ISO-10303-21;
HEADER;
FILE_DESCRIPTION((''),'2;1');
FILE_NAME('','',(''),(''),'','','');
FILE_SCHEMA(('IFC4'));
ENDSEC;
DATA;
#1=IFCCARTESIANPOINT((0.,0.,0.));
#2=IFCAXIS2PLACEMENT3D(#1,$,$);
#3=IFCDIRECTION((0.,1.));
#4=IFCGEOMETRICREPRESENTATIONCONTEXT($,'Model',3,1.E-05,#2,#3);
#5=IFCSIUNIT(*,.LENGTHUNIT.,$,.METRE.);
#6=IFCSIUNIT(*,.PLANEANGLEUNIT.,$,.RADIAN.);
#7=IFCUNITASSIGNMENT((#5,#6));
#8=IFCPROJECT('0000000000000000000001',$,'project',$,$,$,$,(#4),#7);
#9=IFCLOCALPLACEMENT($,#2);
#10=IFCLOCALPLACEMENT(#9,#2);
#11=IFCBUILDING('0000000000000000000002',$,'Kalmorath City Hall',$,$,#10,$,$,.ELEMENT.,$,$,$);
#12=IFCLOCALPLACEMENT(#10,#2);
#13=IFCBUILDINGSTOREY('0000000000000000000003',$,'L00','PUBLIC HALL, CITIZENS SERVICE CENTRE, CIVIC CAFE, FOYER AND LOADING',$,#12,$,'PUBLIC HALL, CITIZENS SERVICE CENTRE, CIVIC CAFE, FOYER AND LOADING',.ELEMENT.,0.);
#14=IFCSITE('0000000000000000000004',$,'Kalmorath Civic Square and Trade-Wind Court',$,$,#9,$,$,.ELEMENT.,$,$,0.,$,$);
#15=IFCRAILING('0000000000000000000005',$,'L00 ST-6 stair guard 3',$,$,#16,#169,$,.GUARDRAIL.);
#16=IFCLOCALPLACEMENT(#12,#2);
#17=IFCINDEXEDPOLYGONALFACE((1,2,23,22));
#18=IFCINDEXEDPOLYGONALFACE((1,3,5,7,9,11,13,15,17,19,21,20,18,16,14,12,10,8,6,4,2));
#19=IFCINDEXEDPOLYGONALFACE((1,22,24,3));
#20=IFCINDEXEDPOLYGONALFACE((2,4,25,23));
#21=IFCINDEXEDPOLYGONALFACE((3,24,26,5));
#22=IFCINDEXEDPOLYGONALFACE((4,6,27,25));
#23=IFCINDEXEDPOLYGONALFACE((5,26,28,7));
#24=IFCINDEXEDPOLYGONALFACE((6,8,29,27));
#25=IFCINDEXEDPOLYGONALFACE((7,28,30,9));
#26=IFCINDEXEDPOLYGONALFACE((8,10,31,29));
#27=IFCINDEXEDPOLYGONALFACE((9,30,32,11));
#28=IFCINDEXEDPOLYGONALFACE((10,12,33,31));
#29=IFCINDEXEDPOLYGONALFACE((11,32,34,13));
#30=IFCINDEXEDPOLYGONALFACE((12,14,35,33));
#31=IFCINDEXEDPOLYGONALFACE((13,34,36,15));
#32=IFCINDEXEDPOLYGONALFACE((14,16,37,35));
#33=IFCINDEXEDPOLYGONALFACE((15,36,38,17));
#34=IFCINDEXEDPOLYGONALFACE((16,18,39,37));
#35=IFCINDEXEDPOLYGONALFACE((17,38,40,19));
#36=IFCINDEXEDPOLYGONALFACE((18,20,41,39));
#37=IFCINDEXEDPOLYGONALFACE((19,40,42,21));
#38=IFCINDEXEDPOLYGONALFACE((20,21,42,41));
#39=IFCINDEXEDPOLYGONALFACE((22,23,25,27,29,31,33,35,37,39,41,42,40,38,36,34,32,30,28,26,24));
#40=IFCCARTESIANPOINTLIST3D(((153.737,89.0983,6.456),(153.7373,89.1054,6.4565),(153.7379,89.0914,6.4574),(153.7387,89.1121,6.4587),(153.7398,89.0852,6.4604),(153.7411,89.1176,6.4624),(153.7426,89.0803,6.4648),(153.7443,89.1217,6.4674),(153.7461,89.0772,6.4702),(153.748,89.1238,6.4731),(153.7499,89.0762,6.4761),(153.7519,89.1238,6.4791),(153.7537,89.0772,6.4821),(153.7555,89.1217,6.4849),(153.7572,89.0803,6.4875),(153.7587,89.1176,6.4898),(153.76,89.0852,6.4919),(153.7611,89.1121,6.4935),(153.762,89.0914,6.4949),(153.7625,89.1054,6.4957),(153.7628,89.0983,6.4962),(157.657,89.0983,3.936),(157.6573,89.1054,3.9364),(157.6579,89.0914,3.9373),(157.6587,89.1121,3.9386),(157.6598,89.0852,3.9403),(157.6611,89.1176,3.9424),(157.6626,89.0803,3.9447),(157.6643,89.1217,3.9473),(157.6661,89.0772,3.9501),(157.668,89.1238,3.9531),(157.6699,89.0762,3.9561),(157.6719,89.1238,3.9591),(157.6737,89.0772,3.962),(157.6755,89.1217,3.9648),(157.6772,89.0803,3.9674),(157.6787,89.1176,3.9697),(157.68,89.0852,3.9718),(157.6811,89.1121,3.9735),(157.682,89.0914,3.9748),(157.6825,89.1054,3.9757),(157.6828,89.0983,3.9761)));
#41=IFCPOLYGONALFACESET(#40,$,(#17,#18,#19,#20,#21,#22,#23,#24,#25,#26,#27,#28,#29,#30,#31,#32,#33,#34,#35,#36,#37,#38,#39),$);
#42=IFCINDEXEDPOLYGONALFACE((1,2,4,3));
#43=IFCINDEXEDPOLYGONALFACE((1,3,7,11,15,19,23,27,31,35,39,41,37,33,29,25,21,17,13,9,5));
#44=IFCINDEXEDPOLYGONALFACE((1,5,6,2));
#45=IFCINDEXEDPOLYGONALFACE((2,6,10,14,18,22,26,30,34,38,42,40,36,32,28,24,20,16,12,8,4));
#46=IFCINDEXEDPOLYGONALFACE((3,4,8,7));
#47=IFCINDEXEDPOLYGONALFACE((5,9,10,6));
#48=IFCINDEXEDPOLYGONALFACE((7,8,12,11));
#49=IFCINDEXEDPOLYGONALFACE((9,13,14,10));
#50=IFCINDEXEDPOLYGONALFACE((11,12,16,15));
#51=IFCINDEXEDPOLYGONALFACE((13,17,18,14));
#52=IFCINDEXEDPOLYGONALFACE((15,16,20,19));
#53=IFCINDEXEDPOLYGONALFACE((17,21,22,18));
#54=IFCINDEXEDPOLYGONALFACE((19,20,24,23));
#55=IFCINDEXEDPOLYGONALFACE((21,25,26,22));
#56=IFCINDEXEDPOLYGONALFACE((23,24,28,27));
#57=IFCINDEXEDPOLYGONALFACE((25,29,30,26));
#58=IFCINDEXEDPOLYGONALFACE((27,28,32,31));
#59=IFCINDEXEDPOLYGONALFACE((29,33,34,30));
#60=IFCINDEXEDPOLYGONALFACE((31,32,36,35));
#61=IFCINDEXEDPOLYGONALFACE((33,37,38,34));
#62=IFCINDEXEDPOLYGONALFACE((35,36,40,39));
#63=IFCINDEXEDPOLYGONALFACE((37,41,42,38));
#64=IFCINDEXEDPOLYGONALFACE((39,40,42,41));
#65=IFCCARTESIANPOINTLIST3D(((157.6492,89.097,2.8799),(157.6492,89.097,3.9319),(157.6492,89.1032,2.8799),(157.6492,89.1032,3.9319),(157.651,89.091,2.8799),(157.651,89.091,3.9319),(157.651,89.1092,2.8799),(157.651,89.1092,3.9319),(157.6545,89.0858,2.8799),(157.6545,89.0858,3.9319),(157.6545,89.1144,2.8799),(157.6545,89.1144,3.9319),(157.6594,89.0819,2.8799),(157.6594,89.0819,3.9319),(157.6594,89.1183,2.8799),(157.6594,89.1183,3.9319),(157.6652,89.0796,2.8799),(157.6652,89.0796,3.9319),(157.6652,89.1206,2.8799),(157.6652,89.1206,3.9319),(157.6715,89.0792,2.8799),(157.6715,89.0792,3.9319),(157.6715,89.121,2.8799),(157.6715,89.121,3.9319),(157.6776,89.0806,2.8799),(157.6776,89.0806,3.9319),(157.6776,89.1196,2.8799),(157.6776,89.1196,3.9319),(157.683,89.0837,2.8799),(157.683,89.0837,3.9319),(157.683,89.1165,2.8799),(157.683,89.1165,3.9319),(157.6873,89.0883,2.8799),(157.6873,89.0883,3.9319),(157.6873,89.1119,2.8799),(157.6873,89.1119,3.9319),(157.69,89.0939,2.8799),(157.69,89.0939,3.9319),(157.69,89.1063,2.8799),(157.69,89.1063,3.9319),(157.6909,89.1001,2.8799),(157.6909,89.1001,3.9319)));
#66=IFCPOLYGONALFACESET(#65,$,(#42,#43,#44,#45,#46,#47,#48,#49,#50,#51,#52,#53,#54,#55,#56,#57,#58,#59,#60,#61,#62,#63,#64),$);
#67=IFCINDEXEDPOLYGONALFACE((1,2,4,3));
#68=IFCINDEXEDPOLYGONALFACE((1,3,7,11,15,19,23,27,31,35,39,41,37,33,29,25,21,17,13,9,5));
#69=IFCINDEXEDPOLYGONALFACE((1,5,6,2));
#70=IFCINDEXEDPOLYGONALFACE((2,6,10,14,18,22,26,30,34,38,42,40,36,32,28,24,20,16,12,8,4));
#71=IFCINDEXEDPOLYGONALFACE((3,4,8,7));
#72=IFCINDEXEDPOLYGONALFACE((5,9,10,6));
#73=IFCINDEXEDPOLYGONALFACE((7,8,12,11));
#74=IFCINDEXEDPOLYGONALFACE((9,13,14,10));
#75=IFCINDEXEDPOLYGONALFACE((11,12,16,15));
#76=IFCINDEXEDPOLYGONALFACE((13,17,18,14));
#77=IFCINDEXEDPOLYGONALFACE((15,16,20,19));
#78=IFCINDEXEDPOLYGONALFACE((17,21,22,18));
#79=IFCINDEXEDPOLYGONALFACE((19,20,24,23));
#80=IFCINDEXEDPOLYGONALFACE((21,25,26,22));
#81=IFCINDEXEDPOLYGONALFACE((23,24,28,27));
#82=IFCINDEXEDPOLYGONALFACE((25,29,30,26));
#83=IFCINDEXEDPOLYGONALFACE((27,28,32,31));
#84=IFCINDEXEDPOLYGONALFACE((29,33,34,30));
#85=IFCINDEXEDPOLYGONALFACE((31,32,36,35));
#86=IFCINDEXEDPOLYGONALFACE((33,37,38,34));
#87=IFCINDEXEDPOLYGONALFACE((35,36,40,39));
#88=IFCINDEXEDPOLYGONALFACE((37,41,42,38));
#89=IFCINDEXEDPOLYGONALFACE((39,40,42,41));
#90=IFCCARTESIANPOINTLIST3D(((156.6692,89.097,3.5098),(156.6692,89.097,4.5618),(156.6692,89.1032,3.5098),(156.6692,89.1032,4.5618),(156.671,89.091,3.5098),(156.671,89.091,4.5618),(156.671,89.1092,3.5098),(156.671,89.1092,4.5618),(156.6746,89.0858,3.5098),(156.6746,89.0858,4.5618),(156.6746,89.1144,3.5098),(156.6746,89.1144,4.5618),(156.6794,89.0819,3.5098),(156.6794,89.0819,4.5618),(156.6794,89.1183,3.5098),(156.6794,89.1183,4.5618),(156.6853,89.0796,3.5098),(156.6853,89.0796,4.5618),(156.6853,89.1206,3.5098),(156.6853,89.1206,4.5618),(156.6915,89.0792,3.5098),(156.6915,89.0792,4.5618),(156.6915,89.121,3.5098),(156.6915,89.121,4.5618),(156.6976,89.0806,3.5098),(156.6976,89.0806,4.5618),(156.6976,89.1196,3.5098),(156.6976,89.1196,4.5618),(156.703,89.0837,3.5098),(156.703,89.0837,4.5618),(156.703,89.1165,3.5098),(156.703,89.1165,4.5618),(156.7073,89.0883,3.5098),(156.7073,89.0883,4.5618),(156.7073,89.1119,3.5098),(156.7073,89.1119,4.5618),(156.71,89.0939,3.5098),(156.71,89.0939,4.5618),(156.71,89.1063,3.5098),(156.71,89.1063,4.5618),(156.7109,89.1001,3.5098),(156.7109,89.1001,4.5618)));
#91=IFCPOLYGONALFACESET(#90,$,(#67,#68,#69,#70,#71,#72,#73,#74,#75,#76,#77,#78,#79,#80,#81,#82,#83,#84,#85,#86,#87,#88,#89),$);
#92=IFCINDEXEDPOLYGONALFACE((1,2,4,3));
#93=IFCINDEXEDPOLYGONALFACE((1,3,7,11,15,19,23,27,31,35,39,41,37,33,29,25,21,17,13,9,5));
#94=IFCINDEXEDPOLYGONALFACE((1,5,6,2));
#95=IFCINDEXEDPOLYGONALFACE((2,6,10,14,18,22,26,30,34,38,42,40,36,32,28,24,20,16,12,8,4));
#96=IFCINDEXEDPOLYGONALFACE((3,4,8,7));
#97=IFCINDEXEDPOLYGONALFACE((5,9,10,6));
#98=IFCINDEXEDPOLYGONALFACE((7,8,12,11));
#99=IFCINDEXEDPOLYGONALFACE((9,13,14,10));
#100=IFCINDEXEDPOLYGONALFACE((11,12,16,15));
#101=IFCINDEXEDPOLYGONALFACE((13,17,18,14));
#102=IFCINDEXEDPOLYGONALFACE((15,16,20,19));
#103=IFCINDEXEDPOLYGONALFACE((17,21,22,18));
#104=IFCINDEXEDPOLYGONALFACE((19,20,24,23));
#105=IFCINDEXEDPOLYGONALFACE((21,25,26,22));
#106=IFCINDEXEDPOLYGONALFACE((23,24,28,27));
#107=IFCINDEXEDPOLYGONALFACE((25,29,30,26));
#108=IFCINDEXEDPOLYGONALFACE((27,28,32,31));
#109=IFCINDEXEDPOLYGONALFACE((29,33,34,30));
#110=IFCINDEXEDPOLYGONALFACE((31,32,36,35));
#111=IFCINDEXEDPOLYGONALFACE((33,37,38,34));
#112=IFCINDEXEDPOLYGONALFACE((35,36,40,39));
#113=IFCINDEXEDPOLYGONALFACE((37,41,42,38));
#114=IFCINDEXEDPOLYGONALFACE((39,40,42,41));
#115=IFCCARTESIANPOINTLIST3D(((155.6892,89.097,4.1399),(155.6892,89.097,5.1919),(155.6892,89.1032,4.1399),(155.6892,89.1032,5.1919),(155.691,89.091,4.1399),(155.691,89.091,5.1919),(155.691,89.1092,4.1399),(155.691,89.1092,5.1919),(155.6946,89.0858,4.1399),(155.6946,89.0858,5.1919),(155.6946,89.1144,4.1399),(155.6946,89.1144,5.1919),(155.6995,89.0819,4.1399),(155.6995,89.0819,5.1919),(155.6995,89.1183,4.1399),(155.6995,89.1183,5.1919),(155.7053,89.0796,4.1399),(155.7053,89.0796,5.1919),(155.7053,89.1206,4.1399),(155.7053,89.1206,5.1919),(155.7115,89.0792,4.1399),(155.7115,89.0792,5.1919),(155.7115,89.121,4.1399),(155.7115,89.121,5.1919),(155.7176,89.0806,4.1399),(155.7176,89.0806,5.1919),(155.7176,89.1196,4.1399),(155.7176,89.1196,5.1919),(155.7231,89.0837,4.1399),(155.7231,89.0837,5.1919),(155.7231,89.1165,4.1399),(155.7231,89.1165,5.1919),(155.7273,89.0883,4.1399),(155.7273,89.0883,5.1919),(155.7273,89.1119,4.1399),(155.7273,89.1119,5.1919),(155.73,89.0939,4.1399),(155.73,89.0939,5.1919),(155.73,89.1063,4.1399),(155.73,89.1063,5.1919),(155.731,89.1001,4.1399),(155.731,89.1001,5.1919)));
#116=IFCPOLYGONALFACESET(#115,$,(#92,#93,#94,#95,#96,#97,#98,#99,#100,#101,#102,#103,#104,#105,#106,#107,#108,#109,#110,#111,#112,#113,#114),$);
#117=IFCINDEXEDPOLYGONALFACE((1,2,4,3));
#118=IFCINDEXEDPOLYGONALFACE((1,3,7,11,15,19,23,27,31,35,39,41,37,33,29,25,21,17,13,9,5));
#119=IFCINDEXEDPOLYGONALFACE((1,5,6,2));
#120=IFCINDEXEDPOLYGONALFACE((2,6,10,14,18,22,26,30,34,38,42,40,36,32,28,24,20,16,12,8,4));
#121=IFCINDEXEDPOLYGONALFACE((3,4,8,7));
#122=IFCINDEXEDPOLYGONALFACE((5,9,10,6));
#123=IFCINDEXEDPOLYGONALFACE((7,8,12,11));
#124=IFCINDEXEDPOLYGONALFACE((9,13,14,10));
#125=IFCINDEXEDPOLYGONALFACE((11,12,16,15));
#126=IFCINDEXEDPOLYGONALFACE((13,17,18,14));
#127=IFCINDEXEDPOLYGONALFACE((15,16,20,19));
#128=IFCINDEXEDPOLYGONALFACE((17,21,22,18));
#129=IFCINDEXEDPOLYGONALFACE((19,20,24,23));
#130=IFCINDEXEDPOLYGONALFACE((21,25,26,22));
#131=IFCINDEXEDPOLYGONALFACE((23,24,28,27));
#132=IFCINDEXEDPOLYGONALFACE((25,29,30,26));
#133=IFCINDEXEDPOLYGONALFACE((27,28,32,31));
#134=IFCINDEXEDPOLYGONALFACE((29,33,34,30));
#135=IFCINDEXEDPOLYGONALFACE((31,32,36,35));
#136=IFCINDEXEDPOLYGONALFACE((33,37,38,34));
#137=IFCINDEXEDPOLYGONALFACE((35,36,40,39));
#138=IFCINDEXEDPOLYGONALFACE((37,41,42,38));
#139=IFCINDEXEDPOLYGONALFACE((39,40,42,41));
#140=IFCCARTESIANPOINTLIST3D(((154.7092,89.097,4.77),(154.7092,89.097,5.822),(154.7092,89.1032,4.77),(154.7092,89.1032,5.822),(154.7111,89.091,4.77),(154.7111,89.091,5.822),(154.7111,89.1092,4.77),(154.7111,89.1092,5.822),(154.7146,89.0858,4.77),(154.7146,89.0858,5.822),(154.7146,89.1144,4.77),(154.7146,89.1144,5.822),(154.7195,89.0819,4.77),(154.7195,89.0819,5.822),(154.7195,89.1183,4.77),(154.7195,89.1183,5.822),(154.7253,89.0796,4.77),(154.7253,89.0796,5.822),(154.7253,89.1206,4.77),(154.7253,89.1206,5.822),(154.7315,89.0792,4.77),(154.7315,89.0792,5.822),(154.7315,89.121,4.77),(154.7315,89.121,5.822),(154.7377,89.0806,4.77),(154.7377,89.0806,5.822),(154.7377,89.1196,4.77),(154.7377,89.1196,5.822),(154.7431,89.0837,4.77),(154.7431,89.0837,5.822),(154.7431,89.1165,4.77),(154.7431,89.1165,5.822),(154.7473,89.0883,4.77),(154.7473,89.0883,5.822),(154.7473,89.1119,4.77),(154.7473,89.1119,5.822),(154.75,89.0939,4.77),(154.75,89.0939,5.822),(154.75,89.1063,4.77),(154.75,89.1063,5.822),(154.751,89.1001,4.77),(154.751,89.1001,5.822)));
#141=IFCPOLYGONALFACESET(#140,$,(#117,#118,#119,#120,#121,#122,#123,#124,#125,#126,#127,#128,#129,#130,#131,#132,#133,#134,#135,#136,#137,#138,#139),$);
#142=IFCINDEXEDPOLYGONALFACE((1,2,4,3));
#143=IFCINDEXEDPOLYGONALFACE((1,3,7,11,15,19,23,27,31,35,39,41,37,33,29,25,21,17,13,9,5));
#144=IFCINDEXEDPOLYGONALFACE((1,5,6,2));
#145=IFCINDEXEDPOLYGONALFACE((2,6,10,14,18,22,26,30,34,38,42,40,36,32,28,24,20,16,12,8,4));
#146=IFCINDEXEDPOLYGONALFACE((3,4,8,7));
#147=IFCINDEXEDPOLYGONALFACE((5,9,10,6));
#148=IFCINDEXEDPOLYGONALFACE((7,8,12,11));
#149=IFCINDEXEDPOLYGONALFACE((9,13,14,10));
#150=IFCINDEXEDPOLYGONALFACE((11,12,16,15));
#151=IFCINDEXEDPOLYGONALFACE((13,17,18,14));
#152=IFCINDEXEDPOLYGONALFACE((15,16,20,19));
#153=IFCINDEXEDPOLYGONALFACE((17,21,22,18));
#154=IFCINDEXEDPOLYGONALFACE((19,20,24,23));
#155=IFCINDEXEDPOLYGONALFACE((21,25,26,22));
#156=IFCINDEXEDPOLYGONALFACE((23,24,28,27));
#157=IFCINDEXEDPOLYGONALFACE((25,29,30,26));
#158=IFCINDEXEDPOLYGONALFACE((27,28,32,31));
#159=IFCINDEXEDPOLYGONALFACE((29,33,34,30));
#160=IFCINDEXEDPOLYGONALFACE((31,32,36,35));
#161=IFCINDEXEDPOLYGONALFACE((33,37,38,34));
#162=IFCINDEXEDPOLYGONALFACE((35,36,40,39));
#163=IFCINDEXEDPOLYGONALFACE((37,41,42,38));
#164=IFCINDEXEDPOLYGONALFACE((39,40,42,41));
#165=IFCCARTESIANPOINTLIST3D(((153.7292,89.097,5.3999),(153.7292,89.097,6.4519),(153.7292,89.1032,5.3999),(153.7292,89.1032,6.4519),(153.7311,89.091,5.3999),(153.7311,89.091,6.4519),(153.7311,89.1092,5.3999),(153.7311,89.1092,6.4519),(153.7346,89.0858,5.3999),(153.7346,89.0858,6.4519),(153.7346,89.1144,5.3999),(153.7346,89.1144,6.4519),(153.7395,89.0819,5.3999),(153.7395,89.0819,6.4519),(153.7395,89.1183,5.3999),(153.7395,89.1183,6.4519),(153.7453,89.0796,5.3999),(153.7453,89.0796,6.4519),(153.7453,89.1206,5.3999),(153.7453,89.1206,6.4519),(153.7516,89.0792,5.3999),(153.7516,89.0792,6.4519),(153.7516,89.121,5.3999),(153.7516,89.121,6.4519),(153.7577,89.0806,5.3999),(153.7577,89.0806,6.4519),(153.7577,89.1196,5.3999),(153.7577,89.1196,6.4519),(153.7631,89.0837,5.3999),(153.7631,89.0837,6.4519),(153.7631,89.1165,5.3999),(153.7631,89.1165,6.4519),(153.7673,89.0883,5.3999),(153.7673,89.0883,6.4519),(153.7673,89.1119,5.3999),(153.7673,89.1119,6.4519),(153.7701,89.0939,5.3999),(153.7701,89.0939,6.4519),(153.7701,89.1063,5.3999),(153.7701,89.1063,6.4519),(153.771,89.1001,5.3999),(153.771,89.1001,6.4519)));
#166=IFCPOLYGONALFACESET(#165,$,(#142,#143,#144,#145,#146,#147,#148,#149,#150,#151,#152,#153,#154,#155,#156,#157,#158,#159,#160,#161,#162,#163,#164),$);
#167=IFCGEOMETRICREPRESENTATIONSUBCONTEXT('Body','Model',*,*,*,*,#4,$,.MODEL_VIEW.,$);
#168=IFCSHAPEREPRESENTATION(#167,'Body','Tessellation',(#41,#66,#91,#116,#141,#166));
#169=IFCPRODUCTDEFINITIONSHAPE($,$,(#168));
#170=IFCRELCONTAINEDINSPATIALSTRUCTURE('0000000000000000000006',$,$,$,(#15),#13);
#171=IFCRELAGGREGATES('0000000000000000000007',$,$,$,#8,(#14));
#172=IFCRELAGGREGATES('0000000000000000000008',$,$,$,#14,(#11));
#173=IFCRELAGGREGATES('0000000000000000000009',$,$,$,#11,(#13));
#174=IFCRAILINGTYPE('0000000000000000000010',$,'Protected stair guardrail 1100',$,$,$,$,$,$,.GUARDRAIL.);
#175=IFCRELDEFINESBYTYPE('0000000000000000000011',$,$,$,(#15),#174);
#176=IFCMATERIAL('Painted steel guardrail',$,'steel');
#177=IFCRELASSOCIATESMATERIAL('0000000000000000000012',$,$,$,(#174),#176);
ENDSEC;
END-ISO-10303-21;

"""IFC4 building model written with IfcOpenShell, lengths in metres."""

from ifc_helpers import new_model, si_unit, direction, frame, origin, origin_2d, place, context, subcontext, project, spatial, circle, extrude, material, type_object, element, save


model = new_model("IFC4")

# Units and contexts
model_context = context("Model", 3, precision=1e-05, world=origin(), true_north=direction((0.0, 1.0)))
body_context = subcontext(model_context, "Body", "Model", "MODEL_VIEW")
ifc_project = project(units=[si_unit("LENGTHUNIT", "METRE"), si_unit("PLANEANGLEUNIT", "RADIAN")], contexts=[model_context])

# Site, building, storey
site_placement = place(None, origin())
site = spatial("IfcSite", under=ifc_project, at=site_placement, Name="Kalmorath Civic Square and Trade-Wind Court", CompositionType="ELEMENT", RefElevation=0.0)
building_placement = place(site_placement, origin())
building = spatial("IfcBuilding", under=site, at=building_placement, Name="Kalmorath City Hall", CompositionType="ELEMENT")
storey_placement = place(building_placement, origin())
storey = spatial("IfcBuildingStorey", under=building, at=storey_placement, Name="L00", Description="PUBLIC HALL, CITIZENS SERVICE CENTRE, CIVIC CAFE, FOYER AND LOADING", LongName="PUBLIC HALL, CITIZENS SERVICE CENTRE, CIVIC CAFE, FOYER AND LOADING", CompositionType="ELEMENT", Elevation=0.0)

# Railing
ifc_material_1 = material(Name="Painted steel guardrail", Category="steel")
railing_type_1 = type_object("IfcRailingType", Name="Protected stair guardrail 1100", PredefinedType="GUARDRAIL", material=ifc_material_1)
railing_1_placement = place(storey_placement, frame((157.6699, 89.1001, 2.8799)))
element("IfcRailing", 1, at=railing_1_placement, inside=storey, type_object=railing_type_1, Name="L00 ST-6 stair guard 3", PredefinedType="GUARDRAIL", context=body_context, shape_type="SweptSolid", body=[
    extrude(circle(Radius=0.0239, at=origin_2d()), frame((0.0, 0.0, 1.0762), z_axis=(-0.841172, 0.0, 0.540768), x_axis=(0.0, -1.0, 0.0)), (0.0, 0.0, 1.0), 4.6602),
    extrude(circle(Radius=0.021, at=origin_2d()), origin(), (0.0, 0.0, 1.0), 1.052),
    extrude(circle(Radius=0.021, at=origin_2d()), frame((-0.98, 0.0, 0.6299)), (0.0, 0.0, 1.0), 1.052),
    extrude(circle(Radius=0.021, at=origin_2d()), frame((-1.96, 0.0, 1.26)), (0.0, 0.0, 1.0), 1.052),
    extrude(circle(Radius=0.021, at=origin_2d()), frame((-2.9399, 0.0, 1.8901)), (0.0, 0.0, 1.0), 1.052),
    extrude(circle(Radius=0.021, at=origin_2d()), frame((-3.9199, 0.0, 2.52)), (0.0, 0.0, 1.0), 1.052),
])

save(model, "model.ifc")
